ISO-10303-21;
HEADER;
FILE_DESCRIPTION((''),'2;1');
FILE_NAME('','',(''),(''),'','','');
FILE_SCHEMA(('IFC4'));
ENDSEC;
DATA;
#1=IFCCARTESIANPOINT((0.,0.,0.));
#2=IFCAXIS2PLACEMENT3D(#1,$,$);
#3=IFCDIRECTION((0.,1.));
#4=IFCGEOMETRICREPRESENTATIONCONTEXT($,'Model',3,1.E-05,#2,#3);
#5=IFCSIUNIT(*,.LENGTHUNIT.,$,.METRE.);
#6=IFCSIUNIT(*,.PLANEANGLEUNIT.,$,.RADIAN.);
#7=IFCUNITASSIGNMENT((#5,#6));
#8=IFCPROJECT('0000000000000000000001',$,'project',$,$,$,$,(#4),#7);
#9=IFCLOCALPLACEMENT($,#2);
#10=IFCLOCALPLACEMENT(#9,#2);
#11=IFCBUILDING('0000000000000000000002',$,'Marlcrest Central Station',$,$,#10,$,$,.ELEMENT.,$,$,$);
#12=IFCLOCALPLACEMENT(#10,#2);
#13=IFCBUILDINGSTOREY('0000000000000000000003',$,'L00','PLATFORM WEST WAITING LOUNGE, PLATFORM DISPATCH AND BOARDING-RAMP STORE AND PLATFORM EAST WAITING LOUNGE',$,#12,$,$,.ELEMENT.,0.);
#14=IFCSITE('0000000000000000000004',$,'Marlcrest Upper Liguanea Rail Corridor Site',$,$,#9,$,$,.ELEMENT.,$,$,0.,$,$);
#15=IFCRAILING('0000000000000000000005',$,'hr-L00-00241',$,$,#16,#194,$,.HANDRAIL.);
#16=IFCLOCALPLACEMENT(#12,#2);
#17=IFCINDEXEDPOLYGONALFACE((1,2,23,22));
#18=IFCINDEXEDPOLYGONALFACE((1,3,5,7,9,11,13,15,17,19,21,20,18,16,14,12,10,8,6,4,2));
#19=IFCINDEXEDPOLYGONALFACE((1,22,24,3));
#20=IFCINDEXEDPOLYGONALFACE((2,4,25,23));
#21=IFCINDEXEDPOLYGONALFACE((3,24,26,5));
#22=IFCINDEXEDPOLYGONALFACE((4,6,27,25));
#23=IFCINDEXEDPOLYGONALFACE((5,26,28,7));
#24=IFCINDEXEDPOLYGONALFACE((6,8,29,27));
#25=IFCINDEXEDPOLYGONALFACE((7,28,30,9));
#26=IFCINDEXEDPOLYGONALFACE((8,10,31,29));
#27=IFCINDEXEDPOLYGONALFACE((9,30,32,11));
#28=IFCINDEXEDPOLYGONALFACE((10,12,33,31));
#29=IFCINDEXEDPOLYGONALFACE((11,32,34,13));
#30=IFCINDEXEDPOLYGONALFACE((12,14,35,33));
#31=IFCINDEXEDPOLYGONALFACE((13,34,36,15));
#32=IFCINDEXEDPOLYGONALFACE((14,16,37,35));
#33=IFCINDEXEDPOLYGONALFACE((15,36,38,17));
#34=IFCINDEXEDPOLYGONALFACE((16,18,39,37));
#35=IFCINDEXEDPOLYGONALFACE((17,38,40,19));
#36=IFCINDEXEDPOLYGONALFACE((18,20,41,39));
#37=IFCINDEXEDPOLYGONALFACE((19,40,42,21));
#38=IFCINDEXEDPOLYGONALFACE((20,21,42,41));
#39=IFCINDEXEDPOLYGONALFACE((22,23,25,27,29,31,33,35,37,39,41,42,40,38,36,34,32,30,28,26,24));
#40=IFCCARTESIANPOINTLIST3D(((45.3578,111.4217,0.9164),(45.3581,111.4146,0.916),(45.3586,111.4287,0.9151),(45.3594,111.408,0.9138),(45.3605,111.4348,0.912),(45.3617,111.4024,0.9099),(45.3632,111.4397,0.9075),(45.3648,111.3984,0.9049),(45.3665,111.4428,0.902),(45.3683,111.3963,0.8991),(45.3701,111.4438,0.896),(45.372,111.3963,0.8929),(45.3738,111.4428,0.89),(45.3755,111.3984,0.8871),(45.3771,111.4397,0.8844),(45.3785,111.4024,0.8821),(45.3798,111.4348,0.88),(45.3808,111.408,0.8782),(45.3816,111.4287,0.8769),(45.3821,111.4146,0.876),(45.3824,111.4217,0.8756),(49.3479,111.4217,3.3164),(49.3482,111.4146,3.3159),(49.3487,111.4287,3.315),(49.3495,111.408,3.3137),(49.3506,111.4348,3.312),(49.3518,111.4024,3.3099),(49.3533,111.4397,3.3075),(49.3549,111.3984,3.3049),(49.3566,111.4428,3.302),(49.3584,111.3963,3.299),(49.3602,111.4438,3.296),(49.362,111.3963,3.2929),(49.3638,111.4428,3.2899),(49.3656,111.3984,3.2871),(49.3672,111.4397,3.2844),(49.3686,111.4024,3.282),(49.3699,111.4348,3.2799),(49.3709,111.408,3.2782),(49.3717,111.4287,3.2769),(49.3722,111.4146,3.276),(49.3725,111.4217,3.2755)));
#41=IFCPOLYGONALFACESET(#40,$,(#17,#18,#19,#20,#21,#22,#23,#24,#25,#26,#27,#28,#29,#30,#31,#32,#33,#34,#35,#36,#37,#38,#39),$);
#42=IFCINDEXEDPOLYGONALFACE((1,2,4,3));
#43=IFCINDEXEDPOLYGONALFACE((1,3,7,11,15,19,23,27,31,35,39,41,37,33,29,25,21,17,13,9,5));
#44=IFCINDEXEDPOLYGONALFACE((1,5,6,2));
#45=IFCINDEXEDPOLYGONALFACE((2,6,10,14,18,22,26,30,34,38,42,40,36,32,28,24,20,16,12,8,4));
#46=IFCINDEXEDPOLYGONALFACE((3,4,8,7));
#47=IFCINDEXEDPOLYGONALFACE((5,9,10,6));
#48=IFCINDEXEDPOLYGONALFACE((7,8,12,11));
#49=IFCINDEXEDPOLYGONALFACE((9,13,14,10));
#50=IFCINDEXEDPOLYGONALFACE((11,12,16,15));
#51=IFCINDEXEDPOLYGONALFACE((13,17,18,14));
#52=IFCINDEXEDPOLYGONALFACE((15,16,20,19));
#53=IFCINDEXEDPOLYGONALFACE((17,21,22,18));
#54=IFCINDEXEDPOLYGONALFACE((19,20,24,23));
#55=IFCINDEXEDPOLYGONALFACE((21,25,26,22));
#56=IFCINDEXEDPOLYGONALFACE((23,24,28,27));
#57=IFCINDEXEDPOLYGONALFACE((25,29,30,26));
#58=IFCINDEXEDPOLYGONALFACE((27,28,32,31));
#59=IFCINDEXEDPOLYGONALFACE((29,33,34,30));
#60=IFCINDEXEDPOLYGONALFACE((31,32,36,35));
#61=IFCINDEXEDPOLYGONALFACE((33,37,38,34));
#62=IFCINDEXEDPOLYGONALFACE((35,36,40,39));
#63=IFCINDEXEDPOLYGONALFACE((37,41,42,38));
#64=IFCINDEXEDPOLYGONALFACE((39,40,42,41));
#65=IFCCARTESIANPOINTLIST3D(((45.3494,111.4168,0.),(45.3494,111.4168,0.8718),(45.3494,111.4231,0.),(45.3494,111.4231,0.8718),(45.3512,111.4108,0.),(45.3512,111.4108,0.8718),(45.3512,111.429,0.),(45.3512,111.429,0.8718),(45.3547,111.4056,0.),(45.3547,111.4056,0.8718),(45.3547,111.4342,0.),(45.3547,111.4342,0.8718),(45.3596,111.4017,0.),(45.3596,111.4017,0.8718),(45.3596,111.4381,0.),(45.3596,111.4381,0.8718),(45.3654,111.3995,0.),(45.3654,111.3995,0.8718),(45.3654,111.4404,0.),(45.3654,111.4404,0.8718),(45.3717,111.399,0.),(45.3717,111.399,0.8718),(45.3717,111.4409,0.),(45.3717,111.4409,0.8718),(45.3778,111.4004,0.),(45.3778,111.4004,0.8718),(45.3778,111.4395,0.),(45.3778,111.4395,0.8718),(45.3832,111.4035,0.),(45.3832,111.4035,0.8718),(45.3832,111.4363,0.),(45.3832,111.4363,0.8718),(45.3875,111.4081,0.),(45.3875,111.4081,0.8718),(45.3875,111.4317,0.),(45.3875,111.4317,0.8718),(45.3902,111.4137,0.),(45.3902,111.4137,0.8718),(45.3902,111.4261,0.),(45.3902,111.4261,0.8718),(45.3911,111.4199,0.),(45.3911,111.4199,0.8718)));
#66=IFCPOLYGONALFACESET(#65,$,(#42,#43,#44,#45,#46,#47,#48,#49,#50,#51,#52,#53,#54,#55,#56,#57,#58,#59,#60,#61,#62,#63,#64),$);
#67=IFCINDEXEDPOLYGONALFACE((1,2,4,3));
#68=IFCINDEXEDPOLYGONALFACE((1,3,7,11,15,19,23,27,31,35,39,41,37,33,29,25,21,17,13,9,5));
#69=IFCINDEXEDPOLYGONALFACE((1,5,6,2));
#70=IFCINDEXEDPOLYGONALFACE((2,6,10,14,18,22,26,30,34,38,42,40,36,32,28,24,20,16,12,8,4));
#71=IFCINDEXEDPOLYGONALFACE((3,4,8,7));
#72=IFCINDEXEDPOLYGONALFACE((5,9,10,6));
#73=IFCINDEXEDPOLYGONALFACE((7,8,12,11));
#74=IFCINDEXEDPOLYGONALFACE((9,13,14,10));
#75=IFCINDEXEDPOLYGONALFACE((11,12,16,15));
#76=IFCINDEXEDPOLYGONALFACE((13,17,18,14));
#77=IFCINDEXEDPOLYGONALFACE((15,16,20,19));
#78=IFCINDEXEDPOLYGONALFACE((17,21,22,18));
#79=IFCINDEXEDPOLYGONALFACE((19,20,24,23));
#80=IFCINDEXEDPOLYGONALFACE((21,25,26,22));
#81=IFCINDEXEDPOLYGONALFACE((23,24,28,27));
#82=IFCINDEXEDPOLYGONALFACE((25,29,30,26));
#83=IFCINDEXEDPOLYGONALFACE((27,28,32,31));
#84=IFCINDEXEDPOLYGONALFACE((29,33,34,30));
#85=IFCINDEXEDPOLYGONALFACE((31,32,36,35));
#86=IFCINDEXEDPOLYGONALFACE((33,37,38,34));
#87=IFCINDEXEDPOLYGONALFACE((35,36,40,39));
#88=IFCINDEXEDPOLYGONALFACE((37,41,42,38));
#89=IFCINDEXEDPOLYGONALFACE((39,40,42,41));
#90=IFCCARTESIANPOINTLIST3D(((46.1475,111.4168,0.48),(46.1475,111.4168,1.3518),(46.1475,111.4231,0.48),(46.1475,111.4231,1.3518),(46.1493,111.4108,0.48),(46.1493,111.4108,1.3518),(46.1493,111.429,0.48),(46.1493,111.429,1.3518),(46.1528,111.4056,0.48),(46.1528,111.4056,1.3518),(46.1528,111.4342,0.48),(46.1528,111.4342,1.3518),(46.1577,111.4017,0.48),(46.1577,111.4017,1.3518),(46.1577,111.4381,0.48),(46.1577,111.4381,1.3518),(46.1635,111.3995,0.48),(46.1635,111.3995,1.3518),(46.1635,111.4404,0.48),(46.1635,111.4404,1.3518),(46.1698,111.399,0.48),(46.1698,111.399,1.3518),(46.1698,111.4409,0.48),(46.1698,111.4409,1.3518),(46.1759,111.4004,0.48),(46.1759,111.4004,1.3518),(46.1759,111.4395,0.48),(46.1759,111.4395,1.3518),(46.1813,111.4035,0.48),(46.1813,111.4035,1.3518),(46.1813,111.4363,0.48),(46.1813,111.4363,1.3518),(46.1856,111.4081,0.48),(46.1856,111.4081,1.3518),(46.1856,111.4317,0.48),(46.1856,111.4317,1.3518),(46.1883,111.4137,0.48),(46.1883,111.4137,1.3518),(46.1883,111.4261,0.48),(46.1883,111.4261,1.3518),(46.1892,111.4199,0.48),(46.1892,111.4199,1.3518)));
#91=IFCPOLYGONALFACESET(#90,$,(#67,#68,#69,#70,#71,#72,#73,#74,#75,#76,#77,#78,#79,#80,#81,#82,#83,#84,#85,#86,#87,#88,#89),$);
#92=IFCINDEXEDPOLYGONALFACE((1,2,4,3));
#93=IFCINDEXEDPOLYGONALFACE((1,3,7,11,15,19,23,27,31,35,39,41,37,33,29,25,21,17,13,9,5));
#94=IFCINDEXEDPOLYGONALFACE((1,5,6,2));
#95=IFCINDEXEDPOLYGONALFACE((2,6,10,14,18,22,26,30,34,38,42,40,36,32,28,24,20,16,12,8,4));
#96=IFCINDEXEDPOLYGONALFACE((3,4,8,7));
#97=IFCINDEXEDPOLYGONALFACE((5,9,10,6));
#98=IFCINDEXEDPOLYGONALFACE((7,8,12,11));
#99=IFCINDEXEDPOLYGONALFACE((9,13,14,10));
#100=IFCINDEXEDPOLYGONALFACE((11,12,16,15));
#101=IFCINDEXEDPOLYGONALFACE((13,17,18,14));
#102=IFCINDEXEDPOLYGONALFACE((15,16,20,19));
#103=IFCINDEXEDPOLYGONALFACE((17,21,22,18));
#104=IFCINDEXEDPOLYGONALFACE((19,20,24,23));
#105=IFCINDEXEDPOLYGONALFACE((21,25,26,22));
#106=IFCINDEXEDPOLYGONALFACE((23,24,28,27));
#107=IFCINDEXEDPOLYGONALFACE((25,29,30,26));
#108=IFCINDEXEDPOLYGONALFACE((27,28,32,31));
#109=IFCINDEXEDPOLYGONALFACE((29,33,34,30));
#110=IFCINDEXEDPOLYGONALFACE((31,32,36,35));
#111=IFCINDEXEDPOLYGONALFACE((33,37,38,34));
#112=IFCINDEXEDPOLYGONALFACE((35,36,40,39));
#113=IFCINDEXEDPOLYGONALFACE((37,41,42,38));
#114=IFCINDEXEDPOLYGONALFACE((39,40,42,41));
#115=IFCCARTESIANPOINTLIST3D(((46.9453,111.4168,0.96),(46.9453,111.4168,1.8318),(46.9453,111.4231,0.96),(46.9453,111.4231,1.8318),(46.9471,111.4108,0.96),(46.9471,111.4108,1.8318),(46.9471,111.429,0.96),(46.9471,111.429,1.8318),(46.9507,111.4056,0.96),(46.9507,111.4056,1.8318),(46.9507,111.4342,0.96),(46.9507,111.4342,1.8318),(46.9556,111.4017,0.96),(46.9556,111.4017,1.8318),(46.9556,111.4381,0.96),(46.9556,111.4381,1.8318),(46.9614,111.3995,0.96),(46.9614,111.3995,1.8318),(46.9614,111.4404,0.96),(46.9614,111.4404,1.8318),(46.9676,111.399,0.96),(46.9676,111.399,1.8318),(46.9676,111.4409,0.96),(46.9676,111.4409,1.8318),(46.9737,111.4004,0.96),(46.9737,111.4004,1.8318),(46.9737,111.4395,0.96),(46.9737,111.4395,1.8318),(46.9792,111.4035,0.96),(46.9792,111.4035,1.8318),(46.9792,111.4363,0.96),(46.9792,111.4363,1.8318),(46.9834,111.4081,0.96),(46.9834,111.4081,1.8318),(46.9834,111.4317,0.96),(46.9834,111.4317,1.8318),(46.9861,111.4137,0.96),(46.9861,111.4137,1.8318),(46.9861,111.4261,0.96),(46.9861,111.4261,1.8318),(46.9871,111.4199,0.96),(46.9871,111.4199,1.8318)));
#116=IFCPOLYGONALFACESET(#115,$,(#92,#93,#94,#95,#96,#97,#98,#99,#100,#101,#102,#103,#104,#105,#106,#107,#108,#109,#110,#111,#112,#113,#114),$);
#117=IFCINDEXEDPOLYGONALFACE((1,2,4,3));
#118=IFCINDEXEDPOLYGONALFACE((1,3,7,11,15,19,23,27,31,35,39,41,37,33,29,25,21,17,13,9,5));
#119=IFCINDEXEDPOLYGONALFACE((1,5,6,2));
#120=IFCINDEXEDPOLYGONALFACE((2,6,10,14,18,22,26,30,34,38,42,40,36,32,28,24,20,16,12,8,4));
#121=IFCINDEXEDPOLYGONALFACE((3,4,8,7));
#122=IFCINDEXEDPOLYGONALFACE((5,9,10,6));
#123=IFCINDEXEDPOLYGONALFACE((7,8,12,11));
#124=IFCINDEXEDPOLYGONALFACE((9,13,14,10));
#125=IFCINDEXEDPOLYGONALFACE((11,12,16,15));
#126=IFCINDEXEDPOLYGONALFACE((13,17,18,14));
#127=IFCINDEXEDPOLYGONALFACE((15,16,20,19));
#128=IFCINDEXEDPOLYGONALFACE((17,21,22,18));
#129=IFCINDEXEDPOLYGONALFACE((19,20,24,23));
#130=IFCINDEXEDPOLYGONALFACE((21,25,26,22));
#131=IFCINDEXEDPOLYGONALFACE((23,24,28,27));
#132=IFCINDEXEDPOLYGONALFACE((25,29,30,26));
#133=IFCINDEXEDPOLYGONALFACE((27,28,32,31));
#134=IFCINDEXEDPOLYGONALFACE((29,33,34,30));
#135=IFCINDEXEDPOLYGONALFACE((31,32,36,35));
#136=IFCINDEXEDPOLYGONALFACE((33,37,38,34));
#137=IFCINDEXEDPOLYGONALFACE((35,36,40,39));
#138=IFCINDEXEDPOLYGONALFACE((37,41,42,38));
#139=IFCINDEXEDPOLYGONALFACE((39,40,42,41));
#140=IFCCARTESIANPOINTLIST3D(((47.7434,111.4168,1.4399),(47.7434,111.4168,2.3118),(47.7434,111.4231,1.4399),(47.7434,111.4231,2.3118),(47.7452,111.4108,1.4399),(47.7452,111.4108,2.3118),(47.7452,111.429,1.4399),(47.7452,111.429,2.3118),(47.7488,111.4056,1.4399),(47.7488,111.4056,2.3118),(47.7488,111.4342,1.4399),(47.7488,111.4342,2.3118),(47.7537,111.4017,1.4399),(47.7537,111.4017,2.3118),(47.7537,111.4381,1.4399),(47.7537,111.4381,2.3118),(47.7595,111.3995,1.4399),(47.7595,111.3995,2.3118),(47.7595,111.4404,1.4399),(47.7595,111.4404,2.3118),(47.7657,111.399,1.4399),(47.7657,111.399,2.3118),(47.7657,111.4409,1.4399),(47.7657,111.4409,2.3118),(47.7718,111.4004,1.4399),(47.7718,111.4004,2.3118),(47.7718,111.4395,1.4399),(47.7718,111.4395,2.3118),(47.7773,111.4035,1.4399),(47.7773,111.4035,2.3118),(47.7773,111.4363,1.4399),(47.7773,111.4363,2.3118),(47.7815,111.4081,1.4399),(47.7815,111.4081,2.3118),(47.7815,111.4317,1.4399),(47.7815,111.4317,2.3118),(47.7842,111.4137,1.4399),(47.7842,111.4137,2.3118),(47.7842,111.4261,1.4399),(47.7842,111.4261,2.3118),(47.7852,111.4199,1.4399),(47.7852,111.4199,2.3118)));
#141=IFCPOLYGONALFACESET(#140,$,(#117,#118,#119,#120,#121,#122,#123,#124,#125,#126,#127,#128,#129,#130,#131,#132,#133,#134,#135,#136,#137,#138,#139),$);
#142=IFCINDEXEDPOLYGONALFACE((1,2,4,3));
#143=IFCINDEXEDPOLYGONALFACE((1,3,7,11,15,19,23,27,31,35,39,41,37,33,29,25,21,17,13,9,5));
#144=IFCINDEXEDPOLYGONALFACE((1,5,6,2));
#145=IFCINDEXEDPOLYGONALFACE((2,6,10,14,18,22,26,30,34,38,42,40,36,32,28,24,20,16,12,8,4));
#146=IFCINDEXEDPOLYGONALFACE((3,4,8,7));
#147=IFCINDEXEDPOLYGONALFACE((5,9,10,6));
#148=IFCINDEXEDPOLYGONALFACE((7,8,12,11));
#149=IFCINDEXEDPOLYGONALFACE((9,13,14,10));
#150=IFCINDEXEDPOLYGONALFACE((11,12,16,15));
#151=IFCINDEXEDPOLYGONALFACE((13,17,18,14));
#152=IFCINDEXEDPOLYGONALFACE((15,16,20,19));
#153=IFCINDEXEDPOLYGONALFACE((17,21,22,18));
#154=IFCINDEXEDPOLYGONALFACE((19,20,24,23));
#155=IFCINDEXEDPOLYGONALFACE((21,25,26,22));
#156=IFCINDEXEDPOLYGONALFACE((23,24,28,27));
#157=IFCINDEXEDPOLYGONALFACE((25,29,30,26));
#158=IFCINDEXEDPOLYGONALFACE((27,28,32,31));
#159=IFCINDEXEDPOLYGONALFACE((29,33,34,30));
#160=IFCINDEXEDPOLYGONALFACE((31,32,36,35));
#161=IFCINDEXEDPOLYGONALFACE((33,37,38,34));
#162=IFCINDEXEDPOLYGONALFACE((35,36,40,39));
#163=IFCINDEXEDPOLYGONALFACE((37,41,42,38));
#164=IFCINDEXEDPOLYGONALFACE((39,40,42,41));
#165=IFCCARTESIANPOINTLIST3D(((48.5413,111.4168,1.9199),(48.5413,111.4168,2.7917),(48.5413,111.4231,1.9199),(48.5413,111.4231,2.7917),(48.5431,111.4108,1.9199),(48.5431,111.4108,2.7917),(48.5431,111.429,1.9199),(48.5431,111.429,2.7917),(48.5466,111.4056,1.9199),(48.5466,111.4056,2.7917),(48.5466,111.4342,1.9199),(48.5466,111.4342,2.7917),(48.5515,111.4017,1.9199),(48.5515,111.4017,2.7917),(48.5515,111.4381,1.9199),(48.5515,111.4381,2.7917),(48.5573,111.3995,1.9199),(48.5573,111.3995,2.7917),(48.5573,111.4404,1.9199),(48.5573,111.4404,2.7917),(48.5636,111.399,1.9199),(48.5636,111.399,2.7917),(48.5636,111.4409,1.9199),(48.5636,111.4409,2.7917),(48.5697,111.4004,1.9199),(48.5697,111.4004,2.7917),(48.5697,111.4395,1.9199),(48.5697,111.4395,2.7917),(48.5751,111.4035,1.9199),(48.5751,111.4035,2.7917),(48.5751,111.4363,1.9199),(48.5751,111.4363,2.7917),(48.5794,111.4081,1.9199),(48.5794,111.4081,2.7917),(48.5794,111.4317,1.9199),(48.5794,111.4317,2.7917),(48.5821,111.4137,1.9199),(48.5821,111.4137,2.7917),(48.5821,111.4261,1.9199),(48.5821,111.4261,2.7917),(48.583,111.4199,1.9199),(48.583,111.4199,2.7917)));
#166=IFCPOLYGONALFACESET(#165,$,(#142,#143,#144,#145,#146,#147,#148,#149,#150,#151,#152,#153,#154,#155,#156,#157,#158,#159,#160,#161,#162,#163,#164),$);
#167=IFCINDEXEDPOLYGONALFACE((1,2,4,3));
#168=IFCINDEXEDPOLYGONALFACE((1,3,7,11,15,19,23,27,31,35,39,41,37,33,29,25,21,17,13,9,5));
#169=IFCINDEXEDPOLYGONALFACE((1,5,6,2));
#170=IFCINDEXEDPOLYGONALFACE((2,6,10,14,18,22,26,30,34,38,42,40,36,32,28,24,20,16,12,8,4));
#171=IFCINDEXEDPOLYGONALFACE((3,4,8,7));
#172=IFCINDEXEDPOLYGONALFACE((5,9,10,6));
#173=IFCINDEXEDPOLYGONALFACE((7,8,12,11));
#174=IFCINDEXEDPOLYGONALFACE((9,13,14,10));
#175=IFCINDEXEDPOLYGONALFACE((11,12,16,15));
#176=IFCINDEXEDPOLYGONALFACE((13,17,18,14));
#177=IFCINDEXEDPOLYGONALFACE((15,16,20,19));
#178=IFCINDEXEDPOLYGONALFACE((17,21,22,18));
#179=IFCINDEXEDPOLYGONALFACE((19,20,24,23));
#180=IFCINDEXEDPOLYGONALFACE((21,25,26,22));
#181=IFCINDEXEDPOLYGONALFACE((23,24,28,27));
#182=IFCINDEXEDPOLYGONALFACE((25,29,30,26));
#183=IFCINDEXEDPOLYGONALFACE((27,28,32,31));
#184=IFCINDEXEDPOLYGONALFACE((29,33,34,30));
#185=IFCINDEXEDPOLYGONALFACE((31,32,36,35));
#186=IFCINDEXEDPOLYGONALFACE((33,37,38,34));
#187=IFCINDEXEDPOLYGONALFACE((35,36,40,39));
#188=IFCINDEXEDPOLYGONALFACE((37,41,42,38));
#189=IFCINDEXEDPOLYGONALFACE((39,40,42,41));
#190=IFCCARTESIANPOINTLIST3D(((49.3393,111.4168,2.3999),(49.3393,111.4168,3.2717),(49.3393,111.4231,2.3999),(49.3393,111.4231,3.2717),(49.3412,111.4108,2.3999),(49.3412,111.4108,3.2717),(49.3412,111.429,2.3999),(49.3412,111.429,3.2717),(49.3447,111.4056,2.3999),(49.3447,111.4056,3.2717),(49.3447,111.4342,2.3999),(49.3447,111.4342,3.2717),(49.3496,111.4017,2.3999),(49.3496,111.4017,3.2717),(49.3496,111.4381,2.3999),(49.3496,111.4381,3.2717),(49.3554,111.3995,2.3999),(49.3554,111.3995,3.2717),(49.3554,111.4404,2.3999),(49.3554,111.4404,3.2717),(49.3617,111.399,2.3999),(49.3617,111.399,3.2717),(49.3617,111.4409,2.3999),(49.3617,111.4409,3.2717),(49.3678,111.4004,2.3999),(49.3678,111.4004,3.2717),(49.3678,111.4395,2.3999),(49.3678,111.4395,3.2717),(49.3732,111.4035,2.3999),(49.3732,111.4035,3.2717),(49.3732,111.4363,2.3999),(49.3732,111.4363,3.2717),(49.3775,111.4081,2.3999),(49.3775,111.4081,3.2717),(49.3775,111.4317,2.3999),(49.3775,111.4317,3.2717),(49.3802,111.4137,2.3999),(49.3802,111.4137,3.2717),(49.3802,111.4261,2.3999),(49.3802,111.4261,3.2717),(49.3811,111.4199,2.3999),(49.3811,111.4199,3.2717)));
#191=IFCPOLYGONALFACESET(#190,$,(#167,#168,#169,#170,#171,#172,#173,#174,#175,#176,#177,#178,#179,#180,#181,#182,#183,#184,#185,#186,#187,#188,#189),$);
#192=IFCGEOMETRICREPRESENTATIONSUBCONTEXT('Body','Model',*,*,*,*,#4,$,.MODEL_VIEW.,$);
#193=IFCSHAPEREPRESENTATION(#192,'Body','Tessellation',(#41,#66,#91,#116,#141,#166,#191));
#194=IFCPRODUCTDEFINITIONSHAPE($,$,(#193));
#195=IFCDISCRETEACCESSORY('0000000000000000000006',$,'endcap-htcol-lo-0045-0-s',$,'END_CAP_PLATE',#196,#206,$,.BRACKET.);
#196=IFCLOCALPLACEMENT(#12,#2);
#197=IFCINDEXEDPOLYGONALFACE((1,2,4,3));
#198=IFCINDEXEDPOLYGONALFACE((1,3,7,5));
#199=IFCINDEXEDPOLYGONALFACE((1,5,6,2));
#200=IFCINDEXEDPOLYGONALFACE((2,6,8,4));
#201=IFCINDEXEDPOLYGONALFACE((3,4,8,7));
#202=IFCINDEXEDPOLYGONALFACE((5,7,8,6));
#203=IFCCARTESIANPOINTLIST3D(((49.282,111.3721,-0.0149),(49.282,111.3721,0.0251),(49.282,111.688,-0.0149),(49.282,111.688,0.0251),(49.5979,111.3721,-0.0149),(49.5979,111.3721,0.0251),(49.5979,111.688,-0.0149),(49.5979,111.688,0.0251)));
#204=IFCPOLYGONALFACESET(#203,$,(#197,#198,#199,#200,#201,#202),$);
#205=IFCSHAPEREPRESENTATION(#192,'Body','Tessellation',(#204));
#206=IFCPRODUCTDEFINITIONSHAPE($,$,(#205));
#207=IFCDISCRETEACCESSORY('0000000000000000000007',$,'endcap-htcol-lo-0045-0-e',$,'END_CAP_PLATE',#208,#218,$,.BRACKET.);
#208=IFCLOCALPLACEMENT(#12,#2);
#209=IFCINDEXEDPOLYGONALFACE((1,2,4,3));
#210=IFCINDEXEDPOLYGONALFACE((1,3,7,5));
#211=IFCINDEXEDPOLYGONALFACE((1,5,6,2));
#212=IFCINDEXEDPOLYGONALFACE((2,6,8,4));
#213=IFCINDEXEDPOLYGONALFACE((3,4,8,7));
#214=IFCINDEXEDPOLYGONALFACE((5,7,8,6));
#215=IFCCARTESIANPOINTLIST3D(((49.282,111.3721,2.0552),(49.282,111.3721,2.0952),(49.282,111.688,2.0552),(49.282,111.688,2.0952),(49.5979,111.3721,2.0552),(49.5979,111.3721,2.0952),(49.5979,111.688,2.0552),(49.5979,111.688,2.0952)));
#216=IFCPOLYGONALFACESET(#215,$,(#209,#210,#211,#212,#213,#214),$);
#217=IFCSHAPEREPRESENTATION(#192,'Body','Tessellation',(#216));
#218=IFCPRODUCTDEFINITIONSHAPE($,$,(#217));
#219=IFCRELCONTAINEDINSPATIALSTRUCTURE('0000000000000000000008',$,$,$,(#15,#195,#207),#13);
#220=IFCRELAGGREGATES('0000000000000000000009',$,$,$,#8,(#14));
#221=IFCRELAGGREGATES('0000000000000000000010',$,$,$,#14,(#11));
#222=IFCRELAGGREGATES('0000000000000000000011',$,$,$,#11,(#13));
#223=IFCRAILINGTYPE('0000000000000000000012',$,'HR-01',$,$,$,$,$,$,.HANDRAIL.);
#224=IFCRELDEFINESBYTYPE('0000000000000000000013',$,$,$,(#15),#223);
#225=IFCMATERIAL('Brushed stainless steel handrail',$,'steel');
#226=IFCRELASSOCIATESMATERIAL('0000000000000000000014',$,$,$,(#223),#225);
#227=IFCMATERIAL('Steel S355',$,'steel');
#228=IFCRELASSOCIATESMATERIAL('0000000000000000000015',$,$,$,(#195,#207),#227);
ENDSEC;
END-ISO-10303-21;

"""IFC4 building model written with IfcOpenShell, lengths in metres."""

from ifc_helpers import new_model, si_unit, direction, frame, origin, origin_2d, place, context, subcontext, project, spatial, rectangle, circle, extrude, material, type_object, element, save


model = new_model("IFC4")

# Units and contexts
model_context = context("Model", 3, precision=1e-05, world=origin(), true_north=direction((0.0, 1.0)))
body_context = subcontext(model_context, "Body", "Model", "MODEL_VIEW")
ifc_project = project(units=[si_unit("LENGTHUNIT", "METRE"), si_unit("PLANEANGLEUNIT", "RADIAN")], contexts=[model_context])

# Site, building, storey
site_placement = place(None, origin())
site = spatial("IfcSite", under=ifc_project, at=site_placement, Name="Marlcrest Upper Liguanea Rail Corridor Site", CompositionType="ELEMENT", RefElevation=0.0)
building_placement = place(site_placement, origin())
building = spatial("IfcBuilding", under=site, at=building_placement, Name="Marlcrest Central Station", CompositionType="ELEMENT")
storey_placement = place(building_placement, origin())
storey = spatial("IfcBuildingStorey", under=building, at=storey_placement, Name="L00", Description="PLATFORM WEST WAITING LOUNGE, PLATFORM DISPATCH AND BOARDING-RAMP STORE AND PLATFORM EAST WAITING LOUNGE", CompositionType="ELEMENT", Elevation=0.0)

# Shared definitions
ifc_material_1 = material(Name="Steel S355", Category="steel")

# Railing
ifc_material_2 = material(Name="Brushed stainless steel handrail", Category="steel")
railing_type_1 = type_object("IfcRailingType", Name="HR-01", PredefinedType="HANDRAIL", material=ifc_material_2)
railing_1_placement = place(storey_placement, frame((45.3701, 111.4199, 0.0)))
element("IfcRailing", 1, at=railing_1_placement, inside=storey, type_object=railing_type_1, Name="hr-L00-00241", PredefinedType="HANDRAIL", context=body_context, shape_type="SweptSolid", body=[
    extrude(circle(Radius=0.0239, at=origin_2d()), frame((0.0, 0.0, 0.896), z_axis=(0.856933, 0.0, 0.515428), x_axis=(0.0, 1.0, 0.0)), (0.0, 0.0, 1.0), 4.6562),
    extrude(circle(Radius=0.021, at=origin_2d()), origin(), (0.0, 0.0, 1.0), 0.8718),
    extrude(circle(Radius=0.021, at=origin_2d()), frame((0.7981, 0.0, 0.48)), (0.0, 0.0, 1.0), 0.8718),
    extrude(circle(Radius=0.021, at=origin_2d()), frame((1.5959, 0.0, 0.96)), (0.0, 0.0, 1.0), 0.8718),
    extrude(circle(Radius=0.021, at=origin_2d()), frame((2.394, 0.0, 1.4399)), (0.0, 0.0, 1.0), 0.8718),
    extrude(circle(Radius=0.021, at=origin_2d()), frame((3.1919, 0.0, 1.9199)), (0.0, 0.0, 1.0), 0.8718),
    extrude(circle(Radius=0.021, at=origin_2d()), frame((3.99, 0.0, 2.3999)), (0.0, 0.0, 1.0), 0.8718),
])

# Discrete accessories
for number, where, z_axis, x_axis, name in (
    (2, (49.4399, 111.53, -0.0149), (0.0, 0.0, 1.0), (1.0, 0.0, 0.0), "endcap-htcol-lo-0045-0-s"),
    (3, (49.4399, 111.53, 2.0552), (0.0, 0.0, 1.0), (1.0, 0.0, 0.0), "endcap-htcol-lo-0045-0-e"),
):
    element("IfcDiscreteAccessory", number, at=place(storey_placement, frame(where, z_axis=z_axis, x_axis=x_axis)), inside=storey, material=ifc_material_1, Name=name, ObjectType="END_CAP_PLATE", PredefinedType="BRACKET", context=body_context, shape_type="SweptSolid", body=[
        extrude(rectangle(XDim=0.3159, YDim=0.3159, at=origin_2d()), origin(), (0.0, 0.0, 1.0), 0.04),
    ])

save(model, "model.ifc")
